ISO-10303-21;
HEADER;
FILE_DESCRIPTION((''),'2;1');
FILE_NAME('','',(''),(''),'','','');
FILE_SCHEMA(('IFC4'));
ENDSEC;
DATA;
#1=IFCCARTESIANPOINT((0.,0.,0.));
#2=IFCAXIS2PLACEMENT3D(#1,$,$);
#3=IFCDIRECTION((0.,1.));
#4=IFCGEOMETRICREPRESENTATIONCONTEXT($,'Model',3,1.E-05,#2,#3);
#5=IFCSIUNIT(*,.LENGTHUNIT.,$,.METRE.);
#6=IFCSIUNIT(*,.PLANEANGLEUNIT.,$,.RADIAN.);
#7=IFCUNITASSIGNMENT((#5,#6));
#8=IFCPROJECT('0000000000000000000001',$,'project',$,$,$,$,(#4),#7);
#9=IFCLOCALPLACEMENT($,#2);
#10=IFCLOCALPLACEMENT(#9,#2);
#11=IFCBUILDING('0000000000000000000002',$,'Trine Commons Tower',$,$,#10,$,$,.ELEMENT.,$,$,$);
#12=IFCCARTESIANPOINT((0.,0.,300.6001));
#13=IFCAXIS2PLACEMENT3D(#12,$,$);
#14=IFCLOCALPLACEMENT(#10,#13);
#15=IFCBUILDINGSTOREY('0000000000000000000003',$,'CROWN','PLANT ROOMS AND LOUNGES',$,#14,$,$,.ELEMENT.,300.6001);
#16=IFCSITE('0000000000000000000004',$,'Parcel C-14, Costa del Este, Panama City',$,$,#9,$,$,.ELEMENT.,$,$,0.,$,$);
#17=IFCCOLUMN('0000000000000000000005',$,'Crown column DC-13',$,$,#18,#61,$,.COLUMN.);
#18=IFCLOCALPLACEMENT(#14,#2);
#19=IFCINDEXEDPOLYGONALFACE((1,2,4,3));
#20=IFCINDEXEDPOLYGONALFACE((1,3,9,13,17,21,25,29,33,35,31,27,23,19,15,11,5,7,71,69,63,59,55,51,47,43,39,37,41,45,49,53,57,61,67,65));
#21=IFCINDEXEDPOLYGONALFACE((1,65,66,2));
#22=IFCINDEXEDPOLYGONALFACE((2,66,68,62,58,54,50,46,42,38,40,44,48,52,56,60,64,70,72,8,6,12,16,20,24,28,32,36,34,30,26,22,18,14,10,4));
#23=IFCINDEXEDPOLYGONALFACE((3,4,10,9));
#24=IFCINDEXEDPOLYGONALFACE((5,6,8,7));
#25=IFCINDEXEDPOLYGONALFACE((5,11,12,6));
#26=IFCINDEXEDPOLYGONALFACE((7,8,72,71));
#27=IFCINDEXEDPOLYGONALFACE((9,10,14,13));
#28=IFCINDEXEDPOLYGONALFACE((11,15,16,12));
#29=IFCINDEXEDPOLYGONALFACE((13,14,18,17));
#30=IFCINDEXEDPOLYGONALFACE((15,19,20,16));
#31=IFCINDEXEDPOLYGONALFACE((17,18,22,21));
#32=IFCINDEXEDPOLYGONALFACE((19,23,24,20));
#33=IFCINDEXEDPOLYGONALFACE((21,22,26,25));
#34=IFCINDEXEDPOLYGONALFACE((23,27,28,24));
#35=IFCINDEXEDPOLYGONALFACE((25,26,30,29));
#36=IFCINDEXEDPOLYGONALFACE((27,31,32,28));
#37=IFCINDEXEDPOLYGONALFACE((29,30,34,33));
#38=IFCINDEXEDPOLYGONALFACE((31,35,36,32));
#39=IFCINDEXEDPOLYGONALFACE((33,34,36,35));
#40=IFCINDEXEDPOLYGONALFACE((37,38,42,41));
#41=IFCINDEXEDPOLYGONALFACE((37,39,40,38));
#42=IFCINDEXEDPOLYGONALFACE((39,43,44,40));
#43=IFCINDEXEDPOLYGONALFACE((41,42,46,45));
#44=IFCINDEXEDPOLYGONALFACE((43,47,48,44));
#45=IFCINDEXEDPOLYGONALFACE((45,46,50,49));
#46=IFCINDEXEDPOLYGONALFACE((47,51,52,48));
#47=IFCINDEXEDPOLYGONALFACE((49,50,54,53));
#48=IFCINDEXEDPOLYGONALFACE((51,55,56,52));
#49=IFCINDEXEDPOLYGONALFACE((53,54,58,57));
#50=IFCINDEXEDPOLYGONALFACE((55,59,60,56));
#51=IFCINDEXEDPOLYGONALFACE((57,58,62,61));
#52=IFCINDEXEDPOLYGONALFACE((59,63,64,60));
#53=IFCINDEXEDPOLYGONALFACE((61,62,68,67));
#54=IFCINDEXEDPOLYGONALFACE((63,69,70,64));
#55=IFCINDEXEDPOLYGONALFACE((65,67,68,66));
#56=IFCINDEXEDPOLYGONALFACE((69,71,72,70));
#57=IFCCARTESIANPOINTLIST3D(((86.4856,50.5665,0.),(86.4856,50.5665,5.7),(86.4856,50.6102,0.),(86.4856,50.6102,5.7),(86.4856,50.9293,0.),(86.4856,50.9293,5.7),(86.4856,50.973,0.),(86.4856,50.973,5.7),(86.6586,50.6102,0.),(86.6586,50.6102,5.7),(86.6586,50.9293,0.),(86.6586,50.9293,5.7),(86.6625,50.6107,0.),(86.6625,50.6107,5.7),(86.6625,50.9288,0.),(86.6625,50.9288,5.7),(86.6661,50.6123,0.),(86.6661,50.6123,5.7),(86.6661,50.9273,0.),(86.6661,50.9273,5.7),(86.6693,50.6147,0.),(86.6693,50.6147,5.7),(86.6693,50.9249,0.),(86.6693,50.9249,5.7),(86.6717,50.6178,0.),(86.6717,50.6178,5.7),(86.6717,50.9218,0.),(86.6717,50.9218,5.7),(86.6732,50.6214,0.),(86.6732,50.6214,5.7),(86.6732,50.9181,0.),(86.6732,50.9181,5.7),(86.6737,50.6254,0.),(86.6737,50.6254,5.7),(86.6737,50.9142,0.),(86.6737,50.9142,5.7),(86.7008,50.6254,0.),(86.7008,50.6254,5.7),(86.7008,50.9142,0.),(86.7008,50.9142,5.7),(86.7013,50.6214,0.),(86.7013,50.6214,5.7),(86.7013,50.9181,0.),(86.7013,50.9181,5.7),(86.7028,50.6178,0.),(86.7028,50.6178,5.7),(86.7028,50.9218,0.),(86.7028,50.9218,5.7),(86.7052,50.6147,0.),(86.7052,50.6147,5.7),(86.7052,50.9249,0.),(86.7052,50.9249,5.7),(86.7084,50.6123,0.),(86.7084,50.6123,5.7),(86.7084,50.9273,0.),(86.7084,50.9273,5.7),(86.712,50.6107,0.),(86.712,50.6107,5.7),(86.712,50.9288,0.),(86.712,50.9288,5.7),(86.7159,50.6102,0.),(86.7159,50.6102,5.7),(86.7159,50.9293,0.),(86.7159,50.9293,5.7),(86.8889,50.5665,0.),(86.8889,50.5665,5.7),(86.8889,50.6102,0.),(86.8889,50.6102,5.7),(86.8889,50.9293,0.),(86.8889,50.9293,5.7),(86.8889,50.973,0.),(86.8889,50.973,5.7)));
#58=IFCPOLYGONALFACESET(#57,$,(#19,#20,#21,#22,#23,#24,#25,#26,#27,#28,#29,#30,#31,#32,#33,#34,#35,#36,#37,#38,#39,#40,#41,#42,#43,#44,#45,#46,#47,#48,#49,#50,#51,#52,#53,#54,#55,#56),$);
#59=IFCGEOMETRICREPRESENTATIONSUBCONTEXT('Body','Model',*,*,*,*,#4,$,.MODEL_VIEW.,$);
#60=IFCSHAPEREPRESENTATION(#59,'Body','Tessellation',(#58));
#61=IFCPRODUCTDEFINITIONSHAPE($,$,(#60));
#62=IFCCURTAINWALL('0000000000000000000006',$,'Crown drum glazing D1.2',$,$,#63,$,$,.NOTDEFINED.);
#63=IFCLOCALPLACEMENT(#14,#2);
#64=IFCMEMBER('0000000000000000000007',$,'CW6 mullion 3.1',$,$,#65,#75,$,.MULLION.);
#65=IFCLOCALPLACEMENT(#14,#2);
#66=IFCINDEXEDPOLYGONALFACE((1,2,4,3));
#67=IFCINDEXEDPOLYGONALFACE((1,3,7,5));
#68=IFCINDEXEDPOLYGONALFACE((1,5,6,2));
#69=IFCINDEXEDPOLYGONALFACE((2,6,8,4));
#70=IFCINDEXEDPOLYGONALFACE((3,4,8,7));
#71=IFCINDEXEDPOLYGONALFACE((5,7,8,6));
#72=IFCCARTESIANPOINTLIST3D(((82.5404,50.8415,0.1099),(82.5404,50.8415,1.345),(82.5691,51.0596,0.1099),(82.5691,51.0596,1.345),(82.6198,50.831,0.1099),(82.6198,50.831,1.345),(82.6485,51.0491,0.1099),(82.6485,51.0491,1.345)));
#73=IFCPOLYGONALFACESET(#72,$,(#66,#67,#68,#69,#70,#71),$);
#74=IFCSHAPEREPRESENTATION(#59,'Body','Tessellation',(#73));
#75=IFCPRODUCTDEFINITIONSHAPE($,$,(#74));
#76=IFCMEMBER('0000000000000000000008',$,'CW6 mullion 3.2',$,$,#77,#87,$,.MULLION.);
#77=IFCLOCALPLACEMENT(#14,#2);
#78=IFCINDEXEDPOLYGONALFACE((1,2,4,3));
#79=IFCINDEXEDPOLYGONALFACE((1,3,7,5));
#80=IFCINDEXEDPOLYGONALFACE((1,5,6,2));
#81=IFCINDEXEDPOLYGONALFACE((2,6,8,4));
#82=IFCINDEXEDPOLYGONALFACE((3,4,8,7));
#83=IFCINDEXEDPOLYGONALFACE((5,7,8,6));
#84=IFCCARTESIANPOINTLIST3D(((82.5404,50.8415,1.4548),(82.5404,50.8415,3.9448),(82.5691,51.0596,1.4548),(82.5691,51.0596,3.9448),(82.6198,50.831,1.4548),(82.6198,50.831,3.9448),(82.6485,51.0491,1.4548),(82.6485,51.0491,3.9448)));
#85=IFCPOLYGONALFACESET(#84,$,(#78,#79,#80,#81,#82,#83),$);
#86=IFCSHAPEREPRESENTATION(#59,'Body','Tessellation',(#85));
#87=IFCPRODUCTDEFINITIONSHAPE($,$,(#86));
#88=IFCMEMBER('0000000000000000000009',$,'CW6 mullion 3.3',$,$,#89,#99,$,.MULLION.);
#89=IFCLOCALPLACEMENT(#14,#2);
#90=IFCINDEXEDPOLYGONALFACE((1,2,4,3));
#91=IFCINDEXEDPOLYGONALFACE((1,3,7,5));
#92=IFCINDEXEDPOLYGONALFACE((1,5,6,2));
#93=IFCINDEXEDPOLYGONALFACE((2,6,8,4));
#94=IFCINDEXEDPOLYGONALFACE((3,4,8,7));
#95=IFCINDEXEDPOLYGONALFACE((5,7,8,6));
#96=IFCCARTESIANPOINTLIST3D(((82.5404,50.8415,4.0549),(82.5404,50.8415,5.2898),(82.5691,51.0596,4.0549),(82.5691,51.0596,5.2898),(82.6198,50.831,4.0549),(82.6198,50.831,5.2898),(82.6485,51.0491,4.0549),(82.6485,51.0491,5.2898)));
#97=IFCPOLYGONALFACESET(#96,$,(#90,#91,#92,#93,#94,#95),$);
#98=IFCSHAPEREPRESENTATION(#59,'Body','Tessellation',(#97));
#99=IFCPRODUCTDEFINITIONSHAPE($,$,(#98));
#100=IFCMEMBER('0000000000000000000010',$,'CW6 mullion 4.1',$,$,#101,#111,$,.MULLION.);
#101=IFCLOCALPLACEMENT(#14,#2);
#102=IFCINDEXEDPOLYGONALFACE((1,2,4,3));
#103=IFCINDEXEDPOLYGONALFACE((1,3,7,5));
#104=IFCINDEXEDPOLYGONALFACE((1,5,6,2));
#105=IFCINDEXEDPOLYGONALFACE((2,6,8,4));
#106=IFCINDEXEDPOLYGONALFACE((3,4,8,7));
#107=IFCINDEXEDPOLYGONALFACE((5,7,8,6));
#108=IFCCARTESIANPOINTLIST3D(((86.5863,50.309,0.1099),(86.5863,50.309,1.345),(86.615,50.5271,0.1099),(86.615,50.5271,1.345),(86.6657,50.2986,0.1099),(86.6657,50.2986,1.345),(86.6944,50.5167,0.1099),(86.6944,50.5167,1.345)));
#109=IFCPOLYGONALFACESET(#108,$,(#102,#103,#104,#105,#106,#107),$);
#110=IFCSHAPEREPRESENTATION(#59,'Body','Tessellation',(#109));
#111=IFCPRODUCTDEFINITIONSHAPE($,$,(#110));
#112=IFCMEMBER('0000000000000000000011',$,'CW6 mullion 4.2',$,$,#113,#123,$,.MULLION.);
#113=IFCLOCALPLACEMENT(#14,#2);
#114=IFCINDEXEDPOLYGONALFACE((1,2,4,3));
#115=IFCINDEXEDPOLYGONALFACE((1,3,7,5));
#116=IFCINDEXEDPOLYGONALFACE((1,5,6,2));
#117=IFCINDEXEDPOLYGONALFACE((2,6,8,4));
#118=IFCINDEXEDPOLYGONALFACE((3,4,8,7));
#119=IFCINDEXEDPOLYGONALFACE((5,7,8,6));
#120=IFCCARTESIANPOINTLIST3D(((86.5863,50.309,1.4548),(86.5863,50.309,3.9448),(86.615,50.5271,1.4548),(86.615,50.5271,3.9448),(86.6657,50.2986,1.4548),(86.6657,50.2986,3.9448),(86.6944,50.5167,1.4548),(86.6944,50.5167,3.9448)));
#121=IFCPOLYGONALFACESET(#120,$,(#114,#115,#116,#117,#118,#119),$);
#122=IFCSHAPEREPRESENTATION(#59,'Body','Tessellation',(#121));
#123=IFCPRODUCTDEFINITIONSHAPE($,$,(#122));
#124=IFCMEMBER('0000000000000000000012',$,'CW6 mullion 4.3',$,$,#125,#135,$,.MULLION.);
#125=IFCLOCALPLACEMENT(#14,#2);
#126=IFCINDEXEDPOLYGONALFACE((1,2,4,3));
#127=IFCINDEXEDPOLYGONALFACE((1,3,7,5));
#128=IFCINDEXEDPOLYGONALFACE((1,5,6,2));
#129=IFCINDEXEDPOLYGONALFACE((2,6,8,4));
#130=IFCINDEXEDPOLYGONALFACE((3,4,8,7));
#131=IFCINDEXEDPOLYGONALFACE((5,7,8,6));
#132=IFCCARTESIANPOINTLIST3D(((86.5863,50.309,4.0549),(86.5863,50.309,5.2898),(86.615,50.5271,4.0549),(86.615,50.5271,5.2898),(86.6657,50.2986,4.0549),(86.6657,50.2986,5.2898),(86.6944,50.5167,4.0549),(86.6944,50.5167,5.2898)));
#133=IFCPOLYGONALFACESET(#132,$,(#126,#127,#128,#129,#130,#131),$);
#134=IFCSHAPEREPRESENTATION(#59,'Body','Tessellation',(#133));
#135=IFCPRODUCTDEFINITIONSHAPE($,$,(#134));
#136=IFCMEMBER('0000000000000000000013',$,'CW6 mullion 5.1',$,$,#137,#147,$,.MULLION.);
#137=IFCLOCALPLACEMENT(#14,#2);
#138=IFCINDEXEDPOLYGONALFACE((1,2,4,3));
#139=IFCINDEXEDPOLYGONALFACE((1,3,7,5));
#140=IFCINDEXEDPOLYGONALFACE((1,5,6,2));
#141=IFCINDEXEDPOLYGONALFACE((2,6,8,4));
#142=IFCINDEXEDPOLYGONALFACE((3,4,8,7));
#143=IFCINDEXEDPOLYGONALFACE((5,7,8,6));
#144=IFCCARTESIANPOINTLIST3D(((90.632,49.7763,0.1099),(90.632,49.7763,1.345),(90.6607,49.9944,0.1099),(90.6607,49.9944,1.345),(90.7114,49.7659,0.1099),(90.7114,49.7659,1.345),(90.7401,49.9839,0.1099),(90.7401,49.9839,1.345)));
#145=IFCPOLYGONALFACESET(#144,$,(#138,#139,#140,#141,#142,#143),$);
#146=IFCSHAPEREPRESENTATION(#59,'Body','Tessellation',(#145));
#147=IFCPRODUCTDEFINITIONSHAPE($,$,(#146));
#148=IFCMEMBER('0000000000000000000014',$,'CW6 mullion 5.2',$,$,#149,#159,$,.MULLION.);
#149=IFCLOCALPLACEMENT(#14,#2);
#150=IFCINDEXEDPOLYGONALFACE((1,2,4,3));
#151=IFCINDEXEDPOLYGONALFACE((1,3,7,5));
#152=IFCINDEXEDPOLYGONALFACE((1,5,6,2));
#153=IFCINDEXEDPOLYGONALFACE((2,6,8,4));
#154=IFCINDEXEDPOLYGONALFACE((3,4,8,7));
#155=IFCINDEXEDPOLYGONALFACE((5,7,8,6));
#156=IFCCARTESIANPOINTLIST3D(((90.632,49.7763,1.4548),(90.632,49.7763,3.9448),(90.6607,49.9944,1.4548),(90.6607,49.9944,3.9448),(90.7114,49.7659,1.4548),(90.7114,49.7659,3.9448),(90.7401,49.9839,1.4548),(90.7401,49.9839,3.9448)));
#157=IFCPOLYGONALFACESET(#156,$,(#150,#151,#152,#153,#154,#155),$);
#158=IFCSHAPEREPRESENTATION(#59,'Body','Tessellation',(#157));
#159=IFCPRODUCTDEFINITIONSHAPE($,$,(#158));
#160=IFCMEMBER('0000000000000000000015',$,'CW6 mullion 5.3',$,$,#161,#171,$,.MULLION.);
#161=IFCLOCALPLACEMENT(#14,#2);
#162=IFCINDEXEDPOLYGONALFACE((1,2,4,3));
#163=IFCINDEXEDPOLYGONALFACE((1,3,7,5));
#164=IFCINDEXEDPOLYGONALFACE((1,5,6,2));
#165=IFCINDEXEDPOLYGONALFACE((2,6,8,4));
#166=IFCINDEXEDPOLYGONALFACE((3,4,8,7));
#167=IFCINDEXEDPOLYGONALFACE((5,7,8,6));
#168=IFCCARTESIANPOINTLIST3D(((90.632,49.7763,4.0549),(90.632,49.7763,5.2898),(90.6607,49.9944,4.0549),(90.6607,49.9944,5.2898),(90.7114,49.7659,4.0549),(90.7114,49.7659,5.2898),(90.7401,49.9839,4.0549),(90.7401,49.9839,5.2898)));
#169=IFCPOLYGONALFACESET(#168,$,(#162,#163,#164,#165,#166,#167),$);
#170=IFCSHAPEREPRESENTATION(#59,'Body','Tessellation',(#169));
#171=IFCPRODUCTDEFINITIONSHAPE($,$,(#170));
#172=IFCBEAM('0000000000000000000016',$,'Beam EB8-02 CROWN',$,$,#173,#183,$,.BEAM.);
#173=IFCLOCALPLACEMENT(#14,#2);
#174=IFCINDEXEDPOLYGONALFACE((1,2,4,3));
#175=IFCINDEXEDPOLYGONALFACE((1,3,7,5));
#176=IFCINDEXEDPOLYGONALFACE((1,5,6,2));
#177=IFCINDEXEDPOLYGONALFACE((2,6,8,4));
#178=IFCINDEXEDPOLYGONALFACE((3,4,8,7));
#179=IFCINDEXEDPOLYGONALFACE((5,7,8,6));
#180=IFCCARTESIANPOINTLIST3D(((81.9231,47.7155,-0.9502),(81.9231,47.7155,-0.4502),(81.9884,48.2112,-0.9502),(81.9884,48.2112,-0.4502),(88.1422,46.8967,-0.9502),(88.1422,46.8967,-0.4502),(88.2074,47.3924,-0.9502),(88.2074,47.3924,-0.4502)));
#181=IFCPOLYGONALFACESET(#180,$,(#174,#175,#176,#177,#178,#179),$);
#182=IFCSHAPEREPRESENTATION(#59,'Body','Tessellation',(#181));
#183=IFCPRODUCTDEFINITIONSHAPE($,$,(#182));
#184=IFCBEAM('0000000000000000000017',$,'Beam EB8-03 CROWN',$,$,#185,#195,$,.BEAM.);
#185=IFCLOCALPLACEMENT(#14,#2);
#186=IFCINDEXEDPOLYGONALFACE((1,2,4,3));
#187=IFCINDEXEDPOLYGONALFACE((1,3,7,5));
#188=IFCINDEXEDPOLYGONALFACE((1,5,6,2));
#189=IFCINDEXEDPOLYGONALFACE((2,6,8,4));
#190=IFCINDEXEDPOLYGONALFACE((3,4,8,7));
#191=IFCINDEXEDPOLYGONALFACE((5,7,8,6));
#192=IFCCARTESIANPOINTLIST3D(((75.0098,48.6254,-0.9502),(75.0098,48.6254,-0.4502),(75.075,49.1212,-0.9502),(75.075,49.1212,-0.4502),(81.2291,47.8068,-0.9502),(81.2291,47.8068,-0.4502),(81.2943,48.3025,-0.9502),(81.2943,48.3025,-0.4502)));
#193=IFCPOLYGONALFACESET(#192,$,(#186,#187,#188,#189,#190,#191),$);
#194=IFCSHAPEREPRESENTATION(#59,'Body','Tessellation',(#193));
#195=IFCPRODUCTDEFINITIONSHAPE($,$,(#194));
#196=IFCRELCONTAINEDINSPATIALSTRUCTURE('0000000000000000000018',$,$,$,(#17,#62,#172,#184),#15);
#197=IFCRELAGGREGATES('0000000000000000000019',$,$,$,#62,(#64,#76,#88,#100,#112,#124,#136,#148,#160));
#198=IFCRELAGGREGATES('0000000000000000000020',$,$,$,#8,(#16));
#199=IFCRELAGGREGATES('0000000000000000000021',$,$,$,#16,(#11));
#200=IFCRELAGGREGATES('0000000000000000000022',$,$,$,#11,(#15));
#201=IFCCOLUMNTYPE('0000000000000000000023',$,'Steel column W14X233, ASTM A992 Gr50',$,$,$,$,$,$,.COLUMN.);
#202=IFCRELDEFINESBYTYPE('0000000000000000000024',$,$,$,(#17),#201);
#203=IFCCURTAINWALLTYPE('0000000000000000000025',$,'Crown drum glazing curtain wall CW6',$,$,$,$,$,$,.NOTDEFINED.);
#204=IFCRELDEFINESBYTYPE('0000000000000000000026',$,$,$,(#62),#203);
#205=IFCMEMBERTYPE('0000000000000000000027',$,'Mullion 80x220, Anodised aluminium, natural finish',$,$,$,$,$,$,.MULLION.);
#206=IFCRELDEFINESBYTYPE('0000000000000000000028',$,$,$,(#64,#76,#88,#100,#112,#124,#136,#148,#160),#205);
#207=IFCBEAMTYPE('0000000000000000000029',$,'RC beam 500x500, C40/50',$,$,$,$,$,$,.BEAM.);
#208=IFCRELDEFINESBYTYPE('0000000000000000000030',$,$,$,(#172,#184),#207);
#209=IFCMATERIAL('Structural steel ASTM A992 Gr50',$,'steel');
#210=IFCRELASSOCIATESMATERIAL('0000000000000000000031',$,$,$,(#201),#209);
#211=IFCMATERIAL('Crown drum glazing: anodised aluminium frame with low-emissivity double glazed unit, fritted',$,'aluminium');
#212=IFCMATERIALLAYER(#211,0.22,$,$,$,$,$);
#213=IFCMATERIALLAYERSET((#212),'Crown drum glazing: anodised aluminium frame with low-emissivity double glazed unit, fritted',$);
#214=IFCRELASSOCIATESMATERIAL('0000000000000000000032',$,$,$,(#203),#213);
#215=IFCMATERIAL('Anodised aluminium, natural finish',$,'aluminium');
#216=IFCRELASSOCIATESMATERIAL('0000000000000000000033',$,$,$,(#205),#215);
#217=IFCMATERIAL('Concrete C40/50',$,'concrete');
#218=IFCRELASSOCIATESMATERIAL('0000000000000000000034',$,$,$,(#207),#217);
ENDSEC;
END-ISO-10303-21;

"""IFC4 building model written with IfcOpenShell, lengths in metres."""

from ifc_helpers import new_model, si_unit, direction, frame, origin, origin_2d, place, context, subcontext, project, spatial, rectangle, i_section, extrude, material, layer, layer_set, material_profile, profile_set, type_object, element, aggregate, save


model = new_model("IFC4")

# Units and contexts
model_context = context("Model", 3, precision=1e-05, world=origin(), true_north=direction((0.0, 1.0)))
body_context = subcontext(model_context, "Body", "Model", "MODEL_VIEW")
ifc_project = project(units=[si_unit("LENGTHUNIT", "METRE"), si_unit("PLANEANGLEUNIT", "RADIAN")], contexts=[model_context])

# Site, building, storey
site_placement = place(None, origin())
site = spatial("IfcSite", under=ifc_project, at=site_placement, Name="Parcel C-14, Costa del Este, Panama City", CompositionType="ELEMENT", RefElevation=0.0)
building_placement = place(site_placement, origin())
building = spatial("IfcBuilding", under=site, at=building_placement, Name="Trine Commons Tower", CompositionType="ELEMENT")
storey_placement = place(building_placement, frame((0.0, 0.0, 300.6001)))
storey = spatial("IfcBuildingStorey", under=building, at=storey_placement, Name="CROWN", Description="PLANT ROOMS AND LOUNGES", CompositionType="ELEMENT", Elevation=300.6001)

# Column
ifc_material_1 = material(Name="Structural steel ASTM A992 Gr50", Category="steel")
ifc_material_profile_1 = material_profile(ifc_material_1, i_section(OverallWidth=0.4033, OverallDepth=0.4065, WebThickness=0.0271, FlangeThickness=0.0437, FilletRadius=0.0151, at=origin_2d()), Name="W14X233")
ifc_profile_set_1 = profile_set([ifc_material_profile_1], Name="Structural steel ASTM A992 Gr50")
column_type = type_object("IfcColumnType", Name="Steel column W14X233, ASTM A992 Gr50", PredefinedType="COLUMN", material=ifc_profile_set_1)
column_placement = place(storey_placement, frame((86.6873, 50.7698, 0.0), z_axis=(0.0, 0.0, 1.0), x_axis=(1.0, 0.0, 0.0)))
element("IfcColumn", 1, at=column_placement, inside=storey, type_object=column_type, Name="Crown column DC-13", PredefinedType="COLUMN", context=body_context, shape_type="SweptSolid", body=[
    extrude(i_section(OverallWidth=0.4033, OverallDepth=0.4065, WebThickness=0.0271, FlangeThickness=0.0437, FilletRadius=0.0151, at=origin_2d()), origin(), (0.0, 0.0, 1.0), 5.7),
])

# Curtain wall, members
ifc_material_2 = material(Name="Crown drum glazing: anodised aluminium frame with low-emissivity double glazed unit, fritted", Category="aluminium")
ifc_layer_1 = layer(ifc_material_2, 0.22)
ifc_layer_set_1 = layer_set([ifc_layer_1], Name="Crown drum glazing: anodised aluminium frame with low-emissivity double glazed unit, fritted")
curtain_wall_type = type_object("IfcCurtainWallType", Name="Crown drum glazing curtain wall CW6", PredefinedType="NOTDEFINED", material=ifc_layer_set_1)
curtain_wall_placement = place(storey_placement, origin())
curtain_wall = element("IfcCurtainWall", 2, at=curtain_wall_placement, inside=storey, type_object=curtain_wall_type, Name="Crown drum glazing D1.2", PredefinedType="NOTDEFINED")
ifc_material_3 = material(Name="Anodised aluminium, natural finish", Category="aluminium")
ifc_material_profile_2 = material_profile(ifc_material_3, rectangle(XDim=0.22, YDim=0.0801, at=origin_2d()), Name="Mullion 80x220")
ifc_profile_set_2 = profile_set([ifc_material_profile_2], Name="Anodised aluminium, natural finish")
member_type = type_object("IfcMemberType", Name="Mullion 80x220, Anodised aluminium, natural finish", PredefinedType="MULLION", material=ifc_profile_set_2)
member_1_placement = place(storey_placement, frame((82.5945, 50.9453, 0.1099), z_axis=(0.0, 0.0, 1.0), x_axis=(0.130526, 0.991445, 0.0)))
member_1 = element("IfcMember", 3, at=member_1_placement, type_object=member_type, Name="CW6 mullion 3.1", PredefinedType="MULLION", context=body_context, shape_type="SweptSolid", body=[
    extrude(rectangle(XDim=0.22, YDim=0.0801, at=origin_2d()), origin(), (0.0, 0.0, 1.0), 1.2351),
])
member_2_placement = place(storey_placement, frame((82.5945, 50.9453, 1.4548), z_axis=(0.0, 0.0, 1.0), x_axis=(0.130526, 0.991445, 0.0)))
member_2 = element("IfcMember", 4, at=member_2_placement, type_object=member_type, Name="CW6 mullion 3.2", PredefinedType="MULLION", context=body_context, shape_type="SweptSolid", body=[
    extrude(rectangle(XDim=0.22, YDim=0.0801, at=origin_2d()), origin(), (0.0, 0.0, 1.0), 2.49),
])
member_3_placement = place(storey_placement, frame((82.5945, 50.9453, 4.0549), z_axis=(0.0, 0.0, 1.0), x_axis=(0.130526, 0.991445, 0.0)))
member_3 = element("IfcMember", 5, at=member_3_placement, type_object=member_type, Name="CW6 mullion 3.3", PredefinedType="MULLION", context=body_context, shape_type="SweptSolid", body=[
    extrude(rectangle(XDim=0.22, YDim=0.0801, at=origin_2d()), origin(), (0.0, 0.0, 1.0), 1.2349),
])
member_4_placement = place(storey_placement, frame((86.6404, 50.4128, 0.1099), z_axis=(0.0, 0.0, 1.0), x_axis=(0.130526, 0.991445, 0.0)))
member_4 = element("IfcMember", 6, at=member_4_placement, type_object=member_type, Name="CW6 mullion 4.1", PredefinedType="MULLION", context=body_context, shape_type="SweptSolid", body=[
    extrude(rectangle(XDim=0.22, YDim=0.0801, at=origin_2d()), origin(), (0.0, 0.0, 1.0), 1.2351),
])
member_5_placement = place(storey_placement, frame((86.6404, 50.4128, 1.4548), z_axis=(0.0, 0.0, 1.0), x_axis=(0.130526, 0.991445, 0.0)))
member_5 = element("IfcMember", 7, at=member_5_placement, type_object=member_type, Name="CW6 mullion 4.2", PredefinedType="MULLION", context=body_context, shape_type="SweptSolid", body=[
    extrude(rectangle(XDim=0.22, YDim=0.0801, at=origin_2d()), origin(), (0.0, 0.0, 1.0), 2.49),
])
member_6_placement = place(storey_placement, frame((86.6404, 50.4128, 4.0549), z_axis=(0.0, 0.0, 1.0), x_axis=(0.130526, 0.991445, 0.0)))
member_6 = element("IfcMember", 8, at=member_6_placement, type_object=member_type, Name="CW6 mullion 4.3", PredefinedType="MULLION", context=body_context, shape_type="SweptSolid", body=[
    extrude(rectangle(XDim=0.22, YDim=0.0801, at=origin_2d()), origin(), (0.0, 0.0, 1.0), 1.2349),
])
member_7_placement = place(storey_placement, frame((90.686, 49.8801, 0.1099), z_axis=(0.0, 0.0, 1.0), x_axis=(0.130526, 0.991445, 0.0)))
member_7 = element("IfcMember", 9, at=member_7_placement, type_object=member_type, Name="CW6 mullion 5.1", PredefinedType="MULLION", context=body_context, shape_type="SweptSolid", body=[
    extrude(rectangle(XDim=0.22, YDim=0.0801, at=origin_2d()), origin(), (0.0, 0.0, 1.0), 1.2351),
])
member_8_placement = place(storey_placement, frame((90.686, 49.8801, 1.4548), z_axis=(0.0, 0.0, 1.0), x_axis=(0.130526, 0.991445, 0.0)))
member_8 = element("IfcMember", 10, at=member_8_placement, type_object=member_type, Name="CW6 mullion 5.2", PredefinedType="MULLION", context=body_context, shape_type="SweptSolid", body=[
    extrude(rectangle(XDim=0.22, YDim=0.0801, at=origin_2d()), origin(), (0.0, 0.0, 1.0), 2.49),
])
member_9_placement = place(storey_placement, frame((90.686, 49.8801, 4.0549), z_axis=(0.0, 0.0, 1.0), x_axis=(0.130526, 0.991445, 0.0)))
member_9 = element("IfcMember", 11, at=member_9_placement, type_object=member_type, Name="CW6 mullion 5.3", PredefinedType="MULLION", context=body_context, shape_type="SweptSolid", body=[
    extrude(rectangle(XDim=0.22, YDim=0.0801, at=origin_2d()), origin(), (0.0, 0.0, 1.0), 1.2349),
])

# Beams
ifc_material_4 = material(Name="Concrete C40/50", Category="concrete")
ifc_material_profile_3 = material_profile(ifc_material_4, rectangle(XDim=0.5, YDim=0.5, at=origin_2d()), Name="RC 500x500")
ifc_profile_set_3 = profile_set([ifc_material_profile_3], Name="Concrete C40/50")
beam_type_1 = type_object("IfcBeamType", Name="RC beam 500x500, C40/50", PredefinedType="BEAM", material=ifc_profile_set_3)
beam_1_placement = place(storey_placement, frame((88.1748, 47.1445, -0.7002), z_axis=(-0.991443, 0.130542, 0.0), x_axis=(-0.130542, -0.991443, 0.0)))
element("IfcBeam", 12, at=beam_1_placement, inside=storey, type_object=beam_type_1, Name="Beam EB8-02 CROWN", PredefinedType="BEAM", context=body_context, shape_type="SweptSolid", body=[
    extrude(rectangle(XDim=0.5, YDim=0.5, at=origin_2d()), origin(), (0.0, 0.0, 1.0), 6.2727),
])
beam_2_placement = place(storey_placement, frame((81.2617, 48.0547, -0.7002), z_axis=(-0.991448, 0.130499, 0.0), x_axis=(-0.130499, -0.991448, 0.0)))
element("IfcBeam", 13, at=beam_2_placement, inside=storey, type_object=beam_type_1, Name="Beam EB8-03 CROWN", PredefinedType="BEAM", context=body_context, shape_type="SweptSolid", body=[
    extrude(rectangle(XDim=0.5, YDim=0.5, at=origin_2d()), origin(), (0.0, 0.0, 1.0), 6.2729),
])

aggregate(curtain_wall, [member_1, member_2, member_3, member_4, member_5, member_6, member_7, member_8, member_9])

save(model, "model.ifc")
